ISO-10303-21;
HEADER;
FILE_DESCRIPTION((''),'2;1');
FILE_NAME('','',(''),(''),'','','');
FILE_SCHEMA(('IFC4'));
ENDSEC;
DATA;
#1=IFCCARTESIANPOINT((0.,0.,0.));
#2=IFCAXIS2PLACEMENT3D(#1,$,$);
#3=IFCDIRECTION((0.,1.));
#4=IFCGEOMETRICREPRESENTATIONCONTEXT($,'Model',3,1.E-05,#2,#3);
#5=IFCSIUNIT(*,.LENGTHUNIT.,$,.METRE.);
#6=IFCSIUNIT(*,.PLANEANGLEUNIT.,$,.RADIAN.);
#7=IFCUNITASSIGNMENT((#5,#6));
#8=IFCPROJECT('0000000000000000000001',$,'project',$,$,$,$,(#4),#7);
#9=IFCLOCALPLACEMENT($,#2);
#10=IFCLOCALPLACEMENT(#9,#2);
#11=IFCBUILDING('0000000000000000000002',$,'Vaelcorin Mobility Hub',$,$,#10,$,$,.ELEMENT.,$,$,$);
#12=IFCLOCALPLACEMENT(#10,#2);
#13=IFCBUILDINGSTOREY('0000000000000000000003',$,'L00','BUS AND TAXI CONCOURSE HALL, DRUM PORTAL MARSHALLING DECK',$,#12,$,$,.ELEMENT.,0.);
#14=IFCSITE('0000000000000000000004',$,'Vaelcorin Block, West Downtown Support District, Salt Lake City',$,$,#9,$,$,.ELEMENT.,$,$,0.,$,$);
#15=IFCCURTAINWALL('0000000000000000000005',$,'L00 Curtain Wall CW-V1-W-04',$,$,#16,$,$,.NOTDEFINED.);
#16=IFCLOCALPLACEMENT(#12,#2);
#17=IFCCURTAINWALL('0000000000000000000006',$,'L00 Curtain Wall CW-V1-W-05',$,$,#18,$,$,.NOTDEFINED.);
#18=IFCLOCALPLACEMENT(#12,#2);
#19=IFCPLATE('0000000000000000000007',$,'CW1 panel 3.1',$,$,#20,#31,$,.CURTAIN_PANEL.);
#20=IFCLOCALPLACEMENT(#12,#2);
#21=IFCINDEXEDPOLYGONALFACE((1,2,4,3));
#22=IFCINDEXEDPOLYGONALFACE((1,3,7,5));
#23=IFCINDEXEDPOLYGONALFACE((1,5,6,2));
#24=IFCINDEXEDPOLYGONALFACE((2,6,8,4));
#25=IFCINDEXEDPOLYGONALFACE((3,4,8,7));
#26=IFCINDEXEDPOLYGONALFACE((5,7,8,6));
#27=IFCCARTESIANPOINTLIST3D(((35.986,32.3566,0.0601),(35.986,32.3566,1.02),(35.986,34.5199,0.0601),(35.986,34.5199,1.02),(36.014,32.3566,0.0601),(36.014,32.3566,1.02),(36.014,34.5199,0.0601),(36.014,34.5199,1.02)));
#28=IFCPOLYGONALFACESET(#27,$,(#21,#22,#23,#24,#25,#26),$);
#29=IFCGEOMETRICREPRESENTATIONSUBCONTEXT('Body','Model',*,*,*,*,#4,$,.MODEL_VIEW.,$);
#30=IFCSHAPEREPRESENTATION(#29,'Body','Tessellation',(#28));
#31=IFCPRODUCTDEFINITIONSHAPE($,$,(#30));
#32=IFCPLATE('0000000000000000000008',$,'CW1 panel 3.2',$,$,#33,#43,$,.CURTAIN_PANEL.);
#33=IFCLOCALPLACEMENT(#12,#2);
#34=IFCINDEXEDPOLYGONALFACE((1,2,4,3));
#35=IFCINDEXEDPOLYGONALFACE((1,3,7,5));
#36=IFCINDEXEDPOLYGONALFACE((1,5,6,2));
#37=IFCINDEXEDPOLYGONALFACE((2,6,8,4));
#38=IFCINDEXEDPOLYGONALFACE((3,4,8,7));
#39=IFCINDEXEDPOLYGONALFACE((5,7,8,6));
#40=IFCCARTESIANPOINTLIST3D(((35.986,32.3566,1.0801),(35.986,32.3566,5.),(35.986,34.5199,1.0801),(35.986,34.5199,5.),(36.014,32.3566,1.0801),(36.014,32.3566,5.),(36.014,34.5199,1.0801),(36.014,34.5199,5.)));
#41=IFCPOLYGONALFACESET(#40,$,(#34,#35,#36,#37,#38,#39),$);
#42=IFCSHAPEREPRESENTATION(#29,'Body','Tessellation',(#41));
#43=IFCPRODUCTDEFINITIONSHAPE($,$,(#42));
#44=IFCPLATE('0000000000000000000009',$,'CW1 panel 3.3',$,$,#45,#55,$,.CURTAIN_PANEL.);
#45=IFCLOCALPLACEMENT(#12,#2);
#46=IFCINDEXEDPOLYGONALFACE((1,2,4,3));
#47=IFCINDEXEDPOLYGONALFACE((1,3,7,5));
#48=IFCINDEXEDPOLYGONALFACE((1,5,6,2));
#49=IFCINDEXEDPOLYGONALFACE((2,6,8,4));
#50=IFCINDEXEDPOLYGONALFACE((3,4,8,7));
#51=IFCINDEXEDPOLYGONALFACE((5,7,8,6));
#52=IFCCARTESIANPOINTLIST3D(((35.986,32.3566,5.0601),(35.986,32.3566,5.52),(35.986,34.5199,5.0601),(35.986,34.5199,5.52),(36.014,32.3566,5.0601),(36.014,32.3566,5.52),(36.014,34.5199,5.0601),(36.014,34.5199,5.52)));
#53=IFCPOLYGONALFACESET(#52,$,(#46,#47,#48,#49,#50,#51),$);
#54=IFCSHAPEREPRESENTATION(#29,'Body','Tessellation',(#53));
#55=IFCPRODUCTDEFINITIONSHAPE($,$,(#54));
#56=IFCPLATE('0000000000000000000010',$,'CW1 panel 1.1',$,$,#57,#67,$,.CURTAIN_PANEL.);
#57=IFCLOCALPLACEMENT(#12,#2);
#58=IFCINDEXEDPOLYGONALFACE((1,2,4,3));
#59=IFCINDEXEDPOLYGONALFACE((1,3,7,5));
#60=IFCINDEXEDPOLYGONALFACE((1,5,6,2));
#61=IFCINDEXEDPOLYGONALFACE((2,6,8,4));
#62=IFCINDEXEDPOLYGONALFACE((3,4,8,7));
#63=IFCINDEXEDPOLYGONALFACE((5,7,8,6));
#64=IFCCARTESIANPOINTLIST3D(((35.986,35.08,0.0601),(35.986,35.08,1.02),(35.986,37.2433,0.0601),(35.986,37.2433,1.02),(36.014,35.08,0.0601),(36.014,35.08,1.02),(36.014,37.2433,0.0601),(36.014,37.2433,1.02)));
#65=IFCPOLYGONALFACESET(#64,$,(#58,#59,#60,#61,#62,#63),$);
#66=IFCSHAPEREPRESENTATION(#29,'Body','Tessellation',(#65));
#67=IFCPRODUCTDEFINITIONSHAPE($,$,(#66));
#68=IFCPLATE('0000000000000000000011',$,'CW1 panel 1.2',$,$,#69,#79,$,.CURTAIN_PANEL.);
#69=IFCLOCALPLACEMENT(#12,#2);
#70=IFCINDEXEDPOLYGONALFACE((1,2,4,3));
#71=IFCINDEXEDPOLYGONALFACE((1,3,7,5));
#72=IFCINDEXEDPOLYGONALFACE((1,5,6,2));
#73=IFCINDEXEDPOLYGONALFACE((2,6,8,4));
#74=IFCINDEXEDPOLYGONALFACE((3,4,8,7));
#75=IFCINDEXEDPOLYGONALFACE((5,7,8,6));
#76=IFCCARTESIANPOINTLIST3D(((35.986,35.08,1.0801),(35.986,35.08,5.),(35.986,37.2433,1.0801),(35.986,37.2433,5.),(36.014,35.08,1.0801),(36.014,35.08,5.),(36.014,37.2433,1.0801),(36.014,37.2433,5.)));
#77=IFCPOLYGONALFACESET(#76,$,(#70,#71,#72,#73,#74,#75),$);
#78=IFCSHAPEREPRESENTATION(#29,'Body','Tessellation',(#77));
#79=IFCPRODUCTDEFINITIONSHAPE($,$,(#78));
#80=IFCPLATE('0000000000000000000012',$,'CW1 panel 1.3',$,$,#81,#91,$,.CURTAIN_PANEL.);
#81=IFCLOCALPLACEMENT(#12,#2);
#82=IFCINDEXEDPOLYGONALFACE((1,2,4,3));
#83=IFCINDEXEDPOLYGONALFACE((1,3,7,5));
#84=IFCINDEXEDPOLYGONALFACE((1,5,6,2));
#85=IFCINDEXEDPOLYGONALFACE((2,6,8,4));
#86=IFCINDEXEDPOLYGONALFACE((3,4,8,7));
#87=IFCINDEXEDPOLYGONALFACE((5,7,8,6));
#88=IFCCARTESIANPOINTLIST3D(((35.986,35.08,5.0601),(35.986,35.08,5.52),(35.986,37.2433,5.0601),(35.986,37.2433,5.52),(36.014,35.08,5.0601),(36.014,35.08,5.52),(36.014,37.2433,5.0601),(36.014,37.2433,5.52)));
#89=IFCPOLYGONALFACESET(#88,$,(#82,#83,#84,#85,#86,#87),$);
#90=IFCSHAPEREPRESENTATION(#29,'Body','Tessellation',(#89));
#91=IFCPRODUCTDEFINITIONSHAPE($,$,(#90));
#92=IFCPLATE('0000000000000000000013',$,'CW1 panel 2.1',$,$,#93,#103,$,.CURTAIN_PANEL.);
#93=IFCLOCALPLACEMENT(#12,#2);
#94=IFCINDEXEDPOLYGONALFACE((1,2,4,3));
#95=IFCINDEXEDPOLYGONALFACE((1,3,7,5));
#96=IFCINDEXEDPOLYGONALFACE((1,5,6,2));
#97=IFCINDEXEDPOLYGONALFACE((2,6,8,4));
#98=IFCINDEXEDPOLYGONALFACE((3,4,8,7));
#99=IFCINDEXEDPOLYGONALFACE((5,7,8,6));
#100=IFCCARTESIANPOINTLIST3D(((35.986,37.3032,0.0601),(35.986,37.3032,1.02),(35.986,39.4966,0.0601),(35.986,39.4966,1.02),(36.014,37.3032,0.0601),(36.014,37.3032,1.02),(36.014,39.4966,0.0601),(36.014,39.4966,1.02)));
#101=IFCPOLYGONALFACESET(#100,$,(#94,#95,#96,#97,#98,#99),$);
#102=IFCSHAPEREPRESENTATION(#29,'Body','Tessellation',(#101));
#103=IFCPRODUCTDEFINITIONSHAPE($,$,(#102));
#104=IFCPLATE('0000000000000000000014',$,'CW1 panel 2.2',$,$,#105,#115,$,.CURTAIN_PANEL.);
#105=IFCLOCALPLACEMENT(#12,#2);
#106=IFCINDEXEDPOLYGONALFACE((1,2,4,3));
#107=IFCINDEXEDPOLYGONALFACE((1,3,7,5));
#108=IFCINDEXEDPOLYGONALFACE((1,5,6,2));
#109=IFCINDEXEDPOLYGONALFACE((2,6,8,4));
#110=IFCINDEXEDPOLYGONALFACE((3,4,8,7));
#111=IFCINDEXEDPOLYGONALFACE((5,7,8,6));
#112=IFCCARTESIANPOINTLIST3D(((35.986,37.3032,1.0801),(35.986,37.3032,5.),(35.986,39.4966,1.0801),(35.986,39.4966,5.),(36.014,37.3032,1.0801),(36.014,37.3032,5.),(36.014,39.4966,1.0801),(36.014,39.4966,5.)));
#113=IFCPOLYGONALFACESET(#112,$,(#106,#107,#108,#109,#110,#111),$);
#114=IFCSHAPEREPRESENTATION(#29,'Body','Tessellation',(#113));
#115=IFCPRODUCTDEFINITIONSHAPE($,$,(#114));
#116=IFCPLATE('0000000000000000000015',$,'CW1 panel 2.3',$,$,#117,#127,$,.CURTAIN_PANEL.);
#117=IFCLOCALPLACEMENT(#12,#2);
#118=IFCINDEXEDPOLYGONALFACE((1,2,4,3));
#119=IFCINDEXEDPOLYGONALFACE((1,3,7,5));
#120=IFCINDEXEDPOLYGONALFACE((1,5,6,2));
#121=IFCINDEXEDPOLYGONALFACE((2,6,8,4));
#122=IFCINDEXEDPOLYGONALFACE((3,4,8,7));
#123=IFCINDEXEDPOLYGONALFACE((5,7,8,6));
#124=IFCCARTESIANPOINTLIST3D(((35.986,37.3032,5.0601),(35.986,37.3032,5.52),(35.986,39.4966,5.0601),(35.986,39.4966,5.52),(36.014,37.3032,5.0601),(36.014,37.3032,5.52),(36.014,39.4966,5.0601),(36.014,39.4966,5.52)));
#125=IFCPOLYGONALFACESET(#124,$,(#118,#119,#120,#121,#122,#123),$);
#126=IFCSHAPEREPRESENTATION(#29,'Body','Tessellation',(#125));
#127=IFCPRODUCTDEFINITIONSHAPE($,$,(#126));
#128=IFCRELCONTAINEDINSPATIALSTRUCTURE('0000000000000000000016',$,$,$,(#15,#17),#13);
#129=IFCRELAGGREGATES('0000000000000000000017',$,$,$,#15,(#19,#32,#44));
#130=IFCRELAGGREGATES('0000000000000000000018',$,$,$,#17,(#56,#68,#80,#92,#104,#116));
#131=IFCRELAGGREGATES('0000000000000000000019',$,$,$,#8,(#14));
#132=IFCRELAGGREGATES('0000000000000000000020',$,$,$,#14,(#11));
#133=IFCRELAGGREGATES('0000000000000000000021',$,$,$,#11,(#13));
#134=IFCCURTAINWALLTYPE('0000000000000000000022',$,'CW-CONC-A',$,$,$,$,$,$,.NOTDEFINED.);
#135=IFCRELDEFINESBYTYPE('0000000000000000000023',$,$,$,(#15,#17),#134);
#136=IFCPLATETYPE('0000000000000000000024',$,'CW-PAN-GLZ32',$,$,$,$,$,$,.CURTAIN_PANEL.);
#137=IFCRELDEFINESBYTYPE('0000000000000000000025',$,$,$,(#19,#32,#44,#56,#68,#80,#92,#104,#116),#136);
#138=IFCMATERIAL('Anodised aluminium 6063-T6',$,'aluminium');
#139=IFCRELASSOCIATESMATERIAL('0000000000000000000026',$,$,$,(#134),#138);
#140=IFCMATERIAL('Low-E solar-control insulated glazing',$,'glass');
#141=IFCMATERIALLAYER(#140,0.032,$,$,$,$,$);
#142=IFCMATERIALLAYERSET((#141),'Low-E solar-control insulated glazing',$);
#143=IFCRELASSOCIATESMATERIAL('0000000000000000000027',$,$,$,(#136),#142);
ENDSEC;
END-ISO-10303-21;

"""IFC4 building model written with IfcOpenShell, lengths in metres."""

from ifc_helpers import new_model, si_unit, direction, frame, origin, origin_2d, place, context, subcontext, project, spatial, rectangle, extrude, material, layer, layer_set, type_object, element, aggregate, save


model = new_model("IFC4")

# Units and contexts
model_context = context("Model", 3, precision=1e-05, world=origin(), true_north=direction((0.0, 1.0)))
body_context = subcontext(model_context, "Body", "Model", "MODEL_VIEW")
ifc_project = project(units=[si_unit("LENGTHUNIT", "METRE"), si_unit("PLANEANGLEUNIT", "RADIAN")], contexts=[model_context])

# Site, building, storey
site_placement = place(None, origin())
site = spatial("IfcSite", under=ifc_project, at=site_placement, Name="Vaelcorin Block, West Downtown Support District, Salt Lake City", CompositionType="ELEMENT", RefElevation=0.0)
building_placement = place(site_placement, origin())
building = spatial("IfcBuilding", under=site, at=building_placement, Name="Vaelcorin Mobility Hub", CompositionType="ELEMENT")
storey_placement = place(building_placement, origin())
storey = spatial("IfcBuildingStorey", under=building, at=storey_placement, Name="L00", Description="BUS AND TAXI CONCOURSE HALL, DRUM PORTAL MARSHALLING DECK", CompositionType="ELEMENT", Elevation=0.0)

# Curtain wall
ifc_material_1 = material(Name="Anodised aluminium 6063-T6", Category="aluminium")
curtain_wall_type = type_object("IfcCurtainWallType", Name="CW-CONC-A", PredefinedType="NOTDEFINED", material=ifc_material_1)
curtain_wall_1_placement = place(storey_placement, origin())
curtain_wall_1 = element("IfcCurtainWall", 1, at=curtain_wall_1_placement, inside=storey, type_object=curtain_wall_type, Name="L00 Curtain Wall CW-V1-W-04", PredefinedType="NOTDEFINED")

# Curtain wall
curtain_wall_2_placement = place(storey_placement, origin())
curtain_wall_2 = element("IfcCurtainWall", 2, at=curtain_wall_2_placement, inside=storey, type_object=curtain_wall_type, Name="L00 Curtain Wall CW-V1-W-05", PredefinedType="NOTDEFINED")

# Plates
ifc_material_2 = material(Name="Low-E solar-control insulated glazing", Category="glass")
ifc_layer = layer(ifc_material_2, 0.032)
ifc_layer_set = layer_set([ifc_layer], Name="Low-E solar-control insulated glazing")
plate_type = type_object("IfcPlateType", Name="CW-PAN-GLZ32", PredefinedType="CURTAIN_PANEL", material=ifc_layer_set)
plate_1_placement = place(storey_placement, frame((36.0, 33.4382, 0.0601), z_axis=(0.0, 0.0, 1.0), x_axis=(0.0, 1.0, 0.0)))
plate_1 = element("IfcPlate", 3, at=plate_1_placement, type_object=plate_type, Name="CW1 panel 3.1", PredefinedType="CURTAIN_PANEL", context=body_context, shape_type="SweptSolid", body=[
    extrude(rectangle(XDim=2.1633, YDim=0.0281, at=origin_2d()), origin(), (0.0, 0.0, 1.0), 0.96),
])
plate_2_placement = place(storey_placement, frame((36.0, 33.4382, 1.0801), z_axis=(0.0, 0.0, 1.0), x_axis=(0.0, 1.0, 0.0)))
plate_2 = element("IfcPlate", 4, at=plate_2_placement, type_object=plate_type, Name="CW1 panel 3.2", PredefinedType="CURTAIN_PANEL", context=body_context, shape_type="SweptSolid", body=[
    extrude(rectangle(XDim=2.1633, YDim=0.0281, at=origin_2d()), origin(), (0.0, 0.0, 1.0), 3.9199),
])
plate_3_placement = place(storey_placement, frame((36.0, 33.4382, 5.0601), z_axis=(0.0, 0.0, 1.0), x_axis=(0.0, 1.0, 0.0)))
plate_3 = element("IfcPlate", 5, at=plate_3_placement, type_object=plate_type, Name="CW1 panel 3.3", PredefinedType="CURTAIN_PANEL", context=body_context, shape_type="SweptSolid", body=[
    extrude(rectangle(XDim=2.1633, YDim=0.0281, at=origin_2d()), origin(), (0.0, 0.0, 1.0), 0.46),
])
aggregate(curtain_wall_1, [plate_1, plate_2, plate_3])
plate_4_placement = place(storey_placement, frame((36.0, 36.1616, 0.0601), z_axis=(0.0, 0.0, 1.0), x_axis=(0.0, 1.0, 0.0)))
plate_4 = element("IfcPlate", 6, at=plate_4_placement, type_object=plate_type, Name="CW1 panel 1.1", PredefinedType="CURTAIN_PANEL", context=body_context, shape_type="SweptSolid", body=[
    extrude(rectangle(XDim=2.1633, YDim=0.0281, at=origin_2d()), origin(), (0.0, 0.0, 1.0), 0.96),
])
plate_5_placement = place(storey_placement, frame((36.0, 36.1616, 1.0801), z_axis=(0.0, 0.0, 1.0), x_axis=(0.0, 1.0, 0.0)))
plate_5 = element("IfcPlate", 7, at=plate_5_placement, type_object=plate_type, Name="CW1 panel 1.2", PredefinedType="CURTAIN_PANEL", context=body_context, shape_type="SweptSolid", body=[
    extrude(rectangle(XDim=2.1633, YDim=0.0281, at=origin_2d()), origin(), (0.0, 0.0, 1.0), 3.9199),
])
plate_6_placement = place(storey_placement, frame((36.0, 36.1616, 5.0601), z_axis=(0.0, 0.0, 1.0), x_axis=(0.0, 1.0, 0.0)))
plate_6 = element("IfcPlate", 8, at=plate_6_placement, type_object=plate_type, Name="CW1 panel 1.3", PredefinedType="CURTAIN_PANEL", context=body_context, shape_type="SweptSolid", body=[
    extrude(rectangle(XDim=2.1633, YDim=0.0281, at=origin_2d()), origin(), (0.0, 0.0, 1.0), 0.46),
])
plate_7_placement = place(storey_placement, frame((36.0, 38.3999, 0.0601), z_axis=(0.0, 0.0, 1.0), x_axis=(0.0, 1.0, 0.0)))
plate_7 = element("IfcPlate", 9, at=plate_7_placement, type_object=plate_type, Name="CW1 panel 2.1", PredefinedType="CURTAIN_PANEL", context=body_context, shape_type="SweptSolid", body=[
    extrude(rectangle(XDim=2.1934, YDim=0.0281, at=origin_2d()), origin(), (0.0, 0.0, 1.0), 0.96),
])
plate_8_placement = place(storey_placement, frame((36.0, 38.3999, 1.0801), z_axis=(0.0, 0.0, 1.0), x_axis=(0.0, 1.0, 0.0)))
plate_8 = element("IfcPlate", 10, at=plate_8_placement, type_object=plate_type, Name="CW1 panel 2.2", PredefinedType="CURTAIN_PANEL", context=body_context, shape_type="SweptSolid", body=[
    extrude(rectangle(XDim=2.1934, YDim=0.0281, at=origin_2d()), origin(), (0.0, 0.0, 1.0), 3.9199),
])
plate_9_placement = place(storey_placement, frame((36.0, 38.3999, 5.0601), z_axis=(0.0, 0.0, 1.0), x_axis=(0.0, 1.0, 0.0)))
plate_9 = element("IfcPlate", 11, at=plate_9_placement, type_object=plate_type, Name="CW1 panel 2.3", PredefinedType="CURTAIN_PANEL", context=body_context, shape_type="SweptSolid", body=[
    extrude(rectangle(XDim=2.1934, YDim=0.0281, at=origin_2d()), origin(), (0.0, 0.0, 1.0), 0.46),
])
aggregate(curtain_wall_2, [plate_4, plate_5, plate_6, plate_7, plate_8, plate_9])

save(model, "model.ifc")
